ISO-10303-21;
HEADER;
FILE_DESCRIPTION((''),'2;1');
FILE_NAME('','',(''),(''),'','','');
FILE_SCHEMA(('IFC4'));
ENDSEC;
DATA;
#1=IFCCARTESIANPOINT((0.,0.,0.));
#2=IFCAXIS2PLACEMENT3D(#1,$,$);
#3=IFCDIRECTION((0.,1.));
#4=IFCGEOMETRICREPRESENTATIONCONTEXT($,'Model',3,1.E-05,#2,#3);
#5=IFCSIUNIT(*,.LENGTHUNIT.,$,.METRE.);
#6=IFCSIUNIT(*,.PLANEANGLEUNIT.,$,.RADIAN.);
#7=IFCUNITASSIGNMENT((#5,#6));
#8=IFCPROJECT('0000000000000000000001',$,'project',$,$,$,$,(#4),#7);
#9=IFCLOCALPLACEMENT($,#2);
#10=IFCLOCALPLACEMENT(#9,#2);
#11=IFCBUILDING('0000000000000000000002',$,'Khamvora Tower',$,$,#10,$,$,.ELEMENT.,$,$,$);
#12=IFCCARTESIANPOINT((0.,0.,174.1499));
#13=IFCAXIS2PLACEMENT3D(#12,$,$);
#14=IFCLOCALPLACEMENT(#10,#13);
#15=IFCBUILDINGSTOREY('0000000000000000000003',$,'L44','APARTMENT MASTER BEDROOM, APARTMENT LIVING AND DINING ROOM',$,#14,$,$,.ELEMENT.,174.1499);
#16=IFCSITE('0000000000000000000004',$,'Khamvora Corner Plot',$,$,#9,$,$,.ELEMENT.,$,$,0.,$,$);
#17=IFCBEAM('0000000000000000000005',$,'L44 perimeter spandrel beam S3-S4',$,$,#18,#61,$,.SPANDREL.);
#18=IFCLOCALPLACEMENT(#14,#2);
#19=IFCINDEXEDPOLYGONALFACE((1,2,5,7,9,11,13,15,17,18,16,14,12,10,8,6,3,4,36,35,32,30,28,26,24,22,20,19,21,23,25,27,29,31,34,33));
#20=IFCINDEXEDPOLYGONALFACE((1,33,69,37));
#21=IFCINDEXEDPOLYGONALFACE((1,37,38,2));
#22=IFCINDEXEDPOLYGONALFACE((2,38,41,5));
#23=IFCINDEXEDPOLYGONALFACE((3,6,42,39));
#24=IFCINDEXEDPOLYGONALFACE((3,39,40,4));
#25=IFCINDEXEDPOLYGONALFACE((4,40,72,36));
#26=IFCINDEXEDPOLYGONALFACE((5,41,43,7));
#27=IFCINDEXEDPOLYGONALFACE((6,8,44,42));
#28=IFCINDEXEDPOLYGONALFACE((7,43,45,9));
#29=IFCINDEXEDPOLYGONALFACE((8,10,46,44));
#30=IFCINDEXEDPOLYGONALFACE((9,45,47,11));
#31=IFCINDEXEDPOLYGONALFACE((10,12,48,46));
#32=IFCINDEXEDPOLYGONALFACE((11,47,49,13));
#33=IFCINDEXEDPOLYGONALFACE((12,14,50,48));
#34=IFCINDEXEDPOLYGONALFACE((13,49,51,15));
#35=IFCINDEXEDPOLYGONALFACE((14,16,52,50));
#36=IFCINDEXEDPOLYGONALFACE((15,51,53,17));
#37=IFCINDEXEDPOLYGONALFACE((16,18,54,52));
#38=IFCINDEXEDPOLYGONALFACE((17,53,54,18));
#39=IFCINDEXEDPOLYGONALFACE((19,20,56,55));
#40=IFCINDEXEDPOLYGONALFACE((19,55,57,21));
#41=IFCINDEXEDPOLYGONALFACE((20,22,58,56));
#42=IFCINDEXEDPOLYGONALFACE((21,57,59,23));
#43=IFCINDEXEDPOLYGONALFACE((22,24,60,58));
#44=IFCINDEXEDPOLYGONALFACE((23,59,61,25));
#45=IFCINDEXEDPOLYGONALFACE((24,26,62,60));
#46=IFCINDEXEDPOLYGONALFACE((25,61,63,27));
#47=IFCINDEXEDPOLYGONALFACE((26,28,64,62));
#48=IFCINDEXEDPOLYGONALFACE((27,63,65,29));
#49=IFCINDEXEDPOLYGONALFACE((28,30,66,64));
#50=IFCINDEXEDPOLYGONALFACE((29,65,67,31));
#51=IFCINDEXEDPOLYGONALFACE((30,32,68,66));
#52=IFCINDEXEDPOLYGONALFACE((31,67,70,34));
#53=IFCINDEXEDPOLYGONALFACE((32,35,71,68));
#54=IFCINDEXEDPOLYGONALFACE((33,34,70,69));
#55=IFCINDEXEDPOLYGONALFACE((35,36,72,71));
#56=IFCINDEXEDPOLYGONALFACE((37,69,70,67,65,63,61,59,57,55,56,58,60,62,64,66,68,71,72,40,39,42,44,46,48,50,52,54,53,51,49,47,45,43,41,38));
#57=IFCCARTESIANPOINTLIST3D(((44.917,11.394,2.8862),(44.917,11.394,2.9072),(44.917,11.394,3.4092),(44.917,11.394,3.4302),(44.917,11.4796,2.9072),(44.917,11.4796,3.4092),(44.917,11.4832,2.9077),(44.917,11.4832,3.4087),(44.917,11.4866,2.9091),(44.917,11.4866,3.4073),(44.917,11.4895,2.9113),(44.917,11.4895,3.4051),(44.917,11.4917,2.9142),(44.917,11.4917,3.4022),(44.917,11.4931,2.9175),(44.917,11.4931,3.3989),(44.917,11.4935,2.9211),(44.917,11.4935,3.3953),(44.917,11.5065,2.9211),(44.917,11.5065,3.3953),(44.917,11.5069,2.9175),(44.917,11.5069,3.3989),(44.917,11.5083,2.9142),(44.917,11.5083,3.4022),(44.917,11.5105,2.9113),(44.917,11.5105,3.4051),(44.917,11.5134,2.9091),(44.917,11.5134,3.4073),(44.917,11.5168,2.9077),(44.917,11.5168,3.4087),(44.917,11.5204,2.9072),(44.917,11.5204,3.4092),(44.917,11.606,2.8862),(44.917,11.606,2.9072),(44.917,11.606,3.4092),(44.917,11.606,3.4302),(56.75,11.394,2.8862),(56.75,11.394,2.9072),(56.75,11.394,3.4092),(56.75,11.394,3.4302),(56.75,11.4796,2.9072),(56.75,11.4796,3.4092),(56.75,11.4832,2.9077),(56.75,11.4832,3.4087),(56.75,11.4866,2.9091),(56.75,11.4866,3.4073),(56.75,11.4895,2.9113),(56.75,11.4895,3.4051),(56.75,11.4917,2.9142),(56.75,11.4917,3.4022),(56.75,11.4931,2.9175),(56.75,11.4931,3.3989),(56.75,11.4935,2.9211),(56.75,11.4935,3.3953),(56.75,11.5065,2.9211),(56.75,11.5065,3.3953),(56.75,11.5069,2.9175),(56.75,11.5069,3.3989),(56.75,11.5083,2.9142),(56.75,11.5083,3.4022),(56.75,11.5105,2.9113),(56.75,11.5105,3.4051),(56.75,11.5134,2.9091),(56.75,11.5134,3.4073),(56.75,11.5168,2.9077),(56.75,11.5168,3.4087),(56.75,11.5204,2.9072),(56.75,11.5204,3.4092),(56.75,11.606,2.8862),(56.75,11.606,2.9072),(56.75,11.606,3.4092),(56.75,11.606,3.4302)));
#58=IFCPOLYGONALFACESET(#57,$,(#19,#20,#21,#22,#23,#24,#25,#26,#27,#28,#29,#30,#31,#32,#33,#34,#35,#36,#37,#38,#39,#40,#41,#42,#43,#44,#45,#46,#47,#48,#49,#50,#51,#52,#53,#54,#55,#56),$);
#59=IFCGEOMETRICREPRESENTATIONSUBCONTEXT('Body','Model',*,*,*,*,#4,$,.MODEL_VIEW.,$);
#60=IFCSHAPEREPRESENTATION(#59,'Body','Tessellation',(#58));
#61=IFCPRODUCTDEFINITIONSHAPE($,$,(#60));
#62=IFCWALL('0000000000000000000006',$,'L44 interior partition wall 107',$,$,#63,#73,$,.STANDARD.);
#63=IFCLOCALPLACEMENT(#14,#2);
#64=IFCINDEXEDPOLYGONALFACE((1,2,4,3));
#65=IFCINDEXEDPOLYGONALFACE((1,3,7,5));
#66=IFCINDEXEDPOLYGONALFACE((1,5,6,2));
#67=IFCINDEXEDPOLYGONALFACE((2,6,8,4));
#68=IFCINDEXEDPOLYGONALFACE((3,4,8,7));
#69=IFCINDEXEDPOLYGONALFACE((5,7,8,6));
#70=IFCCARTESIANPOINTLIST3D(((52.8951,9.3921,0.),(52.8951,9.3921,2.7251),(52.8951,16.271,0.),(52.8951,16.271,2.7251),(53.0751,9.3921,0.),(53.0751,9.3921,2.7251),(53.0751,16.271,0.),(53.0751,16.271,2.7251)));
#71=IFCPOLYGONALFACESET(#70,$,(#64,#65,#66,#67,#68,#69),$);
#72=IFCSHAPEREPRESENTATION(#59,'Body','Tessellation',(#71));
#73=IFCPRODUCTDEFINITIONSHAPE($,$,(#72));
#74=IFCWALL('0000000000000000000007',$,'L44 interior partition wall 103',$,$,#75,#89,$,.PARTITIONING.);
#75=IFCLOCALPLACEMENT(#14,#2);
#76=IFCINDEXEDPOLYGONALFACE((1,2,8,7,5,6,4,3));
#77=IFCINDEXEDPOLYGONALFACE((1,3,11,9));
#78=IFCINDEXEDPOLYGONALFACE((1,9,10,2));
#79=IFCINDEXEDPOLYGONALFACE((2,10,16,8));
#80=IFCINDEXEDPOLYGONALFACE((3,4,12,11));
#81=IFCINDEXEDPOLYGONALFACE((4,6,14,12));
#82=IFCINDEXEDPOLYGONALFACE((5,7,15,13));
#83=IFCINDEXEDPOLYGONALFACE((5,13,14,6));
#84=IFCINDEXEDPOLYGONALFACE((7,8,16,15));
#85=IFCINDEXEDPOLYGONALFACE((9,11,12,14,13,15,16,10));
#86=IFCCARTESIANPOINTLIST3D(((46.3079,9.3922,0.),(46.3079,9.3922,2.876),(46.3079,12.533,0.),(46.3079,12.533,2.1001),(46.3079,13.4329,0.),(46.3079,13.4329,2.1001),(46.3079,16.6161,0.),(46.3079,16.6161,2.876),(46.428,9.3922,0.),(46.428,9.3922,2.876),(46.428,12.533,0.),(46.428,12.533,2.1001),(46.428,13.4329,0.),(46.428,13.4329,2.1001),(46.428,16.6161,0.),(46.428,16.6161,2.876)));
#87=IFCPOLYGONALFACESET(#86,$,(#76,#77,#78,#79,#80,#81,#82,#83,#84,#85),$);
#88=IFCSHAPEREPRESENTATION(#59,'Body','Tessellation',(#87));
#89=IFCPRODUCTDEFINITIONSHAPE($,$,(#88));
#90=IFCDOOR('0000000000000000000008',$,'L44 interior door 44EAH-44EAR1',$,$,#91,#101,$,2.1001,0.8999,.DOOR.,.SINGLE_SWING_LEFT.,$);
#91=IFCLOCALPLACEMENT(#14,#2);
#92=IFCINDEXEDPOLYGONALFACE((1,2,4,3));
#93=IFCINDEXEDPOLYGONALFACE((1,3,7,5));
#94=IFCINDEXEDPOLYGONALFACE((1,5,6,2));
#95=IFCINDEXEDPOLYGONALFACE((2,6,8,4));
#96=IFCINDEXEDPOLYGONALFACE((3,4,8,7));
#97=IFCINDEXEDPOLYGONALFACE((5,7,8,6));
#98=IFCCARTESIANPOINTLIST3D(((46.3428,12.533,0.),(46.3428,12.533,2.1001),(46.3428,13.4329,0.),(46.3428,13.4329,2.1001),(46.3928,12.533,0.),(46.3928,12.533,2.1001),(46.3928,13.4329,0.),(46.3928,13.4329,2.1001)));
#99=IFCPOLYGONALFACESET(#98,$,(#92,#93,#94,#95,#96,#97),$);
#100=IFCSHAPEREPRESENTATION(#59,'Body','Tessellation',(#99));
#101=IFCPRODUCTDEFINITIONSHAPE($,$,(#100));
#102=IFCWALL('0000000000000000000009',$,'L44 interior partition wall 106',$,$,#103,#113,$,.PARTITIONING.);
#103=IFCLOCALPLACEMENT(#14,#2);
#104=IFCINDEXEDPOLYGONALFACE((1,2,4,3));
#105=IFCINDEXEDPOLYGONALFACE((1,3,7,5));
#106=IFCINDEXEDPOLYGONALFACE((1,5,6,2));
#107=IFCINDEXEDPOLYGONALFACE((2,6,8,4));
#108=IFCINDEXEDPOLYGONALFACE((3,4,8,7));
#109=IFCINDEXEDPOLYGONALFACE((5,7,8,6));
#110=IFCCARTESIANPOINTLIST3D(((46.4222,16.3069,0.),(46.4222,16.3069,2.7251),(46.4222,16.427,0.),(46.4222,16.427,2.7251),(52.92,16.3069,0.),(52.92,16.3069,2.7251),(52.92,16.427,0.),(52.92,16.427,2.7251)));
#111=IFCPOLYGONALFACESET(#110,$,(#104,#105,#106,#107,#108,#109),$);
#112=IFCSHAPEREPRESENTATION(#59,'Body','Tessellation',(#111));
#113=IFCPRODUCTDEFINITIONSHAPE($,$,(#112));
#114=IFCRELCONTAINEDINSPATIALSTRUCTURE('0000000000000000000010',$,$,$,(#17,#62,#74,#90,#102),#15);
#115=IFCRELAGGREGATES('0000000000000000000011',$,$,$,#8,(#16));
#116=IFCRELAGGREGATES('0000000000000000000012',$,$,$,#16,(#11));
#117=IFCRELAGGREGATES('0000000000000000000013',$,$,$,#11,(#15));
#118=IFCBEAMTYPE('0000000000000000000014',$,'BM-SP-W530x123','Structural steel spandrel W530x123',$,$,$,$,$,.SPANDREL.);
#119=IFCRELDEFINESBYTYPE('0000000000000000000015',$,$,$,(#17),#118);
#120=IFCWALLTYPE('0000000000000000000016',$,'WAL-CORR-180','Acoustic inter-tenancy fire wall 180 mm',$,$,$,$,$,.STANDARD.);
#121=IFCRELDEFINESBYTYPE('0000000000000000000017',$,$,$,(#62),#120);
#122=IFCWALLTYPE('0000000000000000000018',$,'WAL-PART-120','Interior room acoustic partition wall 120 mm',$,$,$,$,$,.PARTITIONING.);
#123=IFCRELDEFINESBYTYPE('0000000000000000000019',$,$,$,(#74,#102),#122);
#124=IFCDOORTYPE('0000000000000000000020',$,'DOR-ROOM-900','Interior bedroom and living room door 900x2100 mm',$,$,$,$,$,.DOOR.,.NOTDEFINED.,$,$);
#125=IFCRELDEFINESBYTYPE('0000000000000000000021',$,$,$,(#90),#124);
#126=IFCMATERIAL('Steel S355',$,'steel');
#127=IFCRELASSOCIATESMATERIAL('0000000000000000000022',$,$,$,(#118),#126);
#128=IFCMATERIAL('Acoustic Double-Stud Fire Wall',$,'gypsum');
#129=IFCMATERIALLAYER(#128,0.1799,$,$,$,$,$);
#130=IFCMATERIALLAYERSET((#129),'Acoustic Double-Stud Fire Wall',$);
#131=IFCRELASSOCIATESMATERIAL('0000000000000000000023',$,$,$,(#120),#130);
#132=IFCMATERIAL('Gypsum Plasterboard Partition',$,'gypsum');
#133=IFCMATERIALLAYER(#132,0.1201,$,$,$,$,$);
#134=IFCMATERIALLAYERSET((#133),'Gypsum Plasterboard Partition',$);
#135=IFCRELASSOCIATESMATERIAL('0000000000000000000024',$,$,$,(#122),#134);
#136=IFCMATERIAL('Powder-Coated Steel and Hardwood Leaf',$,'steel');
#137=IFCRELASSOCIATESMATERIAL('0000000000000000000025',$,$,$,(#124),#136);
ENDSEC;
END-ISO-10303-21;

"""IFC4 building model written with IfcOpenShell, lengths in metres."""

from ifc_helpers import new_model, si_unit, direction, frame, frame_2d, origin, origin_2d, place, context, subcontext, project, spatial, rectangle, i_section, extrude, material, layer, layer_set, material_profile, profile_set, type_object, element, fill, save


model = new_model("IFC4")

# Units and contexts
model_context = context("Model", 3, precision=1e-05, world=origin(), true_north=direction((0.0, 1.0)))
body_context = subcontext(model_context, "Body", "Model", "MODEL_VIEW")
ifc_project = project(units=[si_unit("LENGTHUNIT", "METRE"), si_unit("PLANEANGLEUNIT", "RADIAN")], contexts=[model_context])

# Site, building, storey
site_placement = place(None, origin())
site = spatial("IfcSite", under=ifc_project, at=site_placement, Name="Khamvora Corner Plot", CompositionType="ELEMENT", RefElevation=0.0)
building_placement = place(site_placement, origin())
building = spatial("IfcBuilding", under=site, at=building_placement, Name="Khamvora Tower", CompositionType="ELEMENT")
storey_placement = place(building_placement, frame((0.0, 0.0, 174.1499)))
storey = spatial("IfcBuildingStorey", under=building, at=storey_placement, Name="L44", Description="APARTMENT MASTER BEDROOM, APARTMENT LIVING AND DINING ROOM", CompositionType="ELEMENT", Elevation=174.1499)

# Shared definitions
ifc_material_1 = material(Name="Steel S355", Category="steel")

# Beam
ifc_material_profile_1 = material_profile(ifc_material_1, i_section(OverallWidth=0.2119, OverallDepth=0.5439, WebThickness=0.0129, FlangeThickness=0.021, FilletRadius=0.0139, at=origin_2d()), Name="W530x123")
ifc_profile_set_1 = profile_set([ifc_material_profile_1], Name="Steel S355")
beam_type_1 = type_object("IfcBeamType", Name="BM-SP-W530x123", Description="Structural steel spandrel W530x123", PredefinedType="SPANDREL", material=ifc_profile_set_1)
beam_1_placement = place(storey_placement, frame((44.917, 11.5, 3.1582), z_axis=(1.0, 0.0, 0.0), x_axis=(0.0, 1.0, 0.0)))
element("IfcBeam", 1, at=beam_1_placement, inside=storey, type_object=beam_type_1, Name="L44 perimeter spandrel beam S3-S4", PredefinedType="SPANDREL", context=body_context, shape_type="SweptSolid", body=[
    extrude(i_section(OverallWidth=0.2119, OverallDepth=0.5439, WebThickness=0.0129, FlangeThickness=0.021, FilletRadius=0.0139, at=origin_2d()), origin(), (0.0, 0.0, 1.0), 11.833),
])

# Wall
ifc_material_2 = material(Name="Acoustic Double-Stud Fire Wall", Category="gypsum")
ifc_layer_1 = layer(ifc_material_2, 0.1799)
ifc_layer_set_1 = layer_set([ifc_layer_1], Name="Acoustic Double-Stud Fire Wall")
wall_type_1 = type_object("IfcWallType", Name="WAL-CORR-180", Description="Acoustic inter-tenancy fire wall 180 mm", PredefinedType="STANDARD", material=ifc_layer_set_1)
wall_1_placement = place(storey_placement, frame((52.9851, 16.271, 0.0), z_axis=(0.0, 0.0, 1.0), x_axis=(0.0, -1.0, 0.0)))
element("IfcWall", 2, at=wall_1_placement, inside=storey, type_object=wall_type_1, Name="L44 interior partition wall 107", PredefinedType="STANDARD", context=body_context, shape_type="SweptSolid", body=[
    extrude(rectangle(XDim=6.8789, YDim=0.1799, at=frame_2d((3.4395, 0.0))), origin(), (0.0, 0.0, 1.0), 2.7251),
])

# Wall, opening, door
ifc_material_3 = material(Name="Gypsum Plasterboard Partition", Category="gypsum")
ifc_layer_2 = layer(ifc_material_3, 0.1201)
ifc_layer_set_2 = layer_set([ifc_layer_2], Name="Gypsum Plasterboard Partition")
wall_type_2 = type_object("IfcWallType", Name="WAL-PART-120", Description="Interior room acoustic partition wall 120 mm", PredefinedType="PARTITIONING", material=ifc_layer_set_2)
wall_2_placement = place(storey_placement, frame((46.3679, 16.616, 0.0), z_axis=(0.0, 0.0, 1.0), x_axis=(0.0, -1.0, 0.0)))
wall_2 = element("IfcWall", 3, at=wall_2_placement, inside=storey, type_object=wall_type_2, Name="L44 interior partition wall 103", PredefinedType="PARTITIONING", context=body_context, shape_type="SweptSolid", body=[
    extrude(rectangle(XDim=7.2239, YDim=0.1201, at=frame_2d((3.6118, 0.0))), origin(), (0.0, 0.0, 1.0), 2.876),
])
opening_placement = place(wall_2_placement, frame((3.1831, 0.0, 0.0)))
opening = element("IfcOpeningElement", 4, at=opening_placement, cuts=wall_2, PredefinedType="OPENING", context=body_context, shape_type="SweptSolid", body=[
    extrude(rectangle(XDim=0.8999, YDim=2.1001, at=frame_2d((0.45, 1.05))), frame((0.0, 0.0701, 0.0), z_axis=(0.0, -1.0, 0.0), x_axis=(1.0, 0.0, 0.0)), (0.0, 0.0, 1.0), 0.1401),
])
ifc_material_4 = material(Name="Powder-Coated Steel and Hardwood Leaf", Category="steel")
door_type = type_object("IfcDoorType", Name="DOR-ROOM-900", Description="Interior bedroom and living room door 900x2100 mm", OperationType="NOTDEFINED", PredefinedType="DOOR", material=ifc_material_4)
door_placement = place(opening_placement, origin())
door = element("IfcDoor", 5, at=door_placement, inside=storey, type_object=door_type, Name="L44 interior door 44EAH-44EAR1", OperationType="SINGLE_SWING_LEFT", OverallHeight=2.1001, OverallWidth=0.8999, PredefinedType="DOOR", context=body_context, shape_type="SweptSolid", body=[
    extrude(rectangle(XDim=0.8999, YDim=2.1001, at=frame_2d((0.45, 1.05))), frame((0.0, 0.0249, 0.0), z_axis=(0.0, -1.0, 0.0), x_axis=(1.0, 0.0, 0.0)), (0.0, 0.0, 1.0), 0.05),
])
fill(opening, door)

# Wall
wall_3_placement = place(storey_placement, frame((46.4221, 16.3669, 0.0), z_axis=(0.0, 0.0, 1.0), x_axis=(1.0, 0.0, 0.0)))
element("IfcWall", 6, at=wall_3_placement, inside=storey, type_object=wall_type_2, Name="L44 interior partition wall 106", PredefinedType="PARTITIONING", context=body_context, shape_type="SweptSolid", body=[
    extrude(rectangle(XDim=6.4978, YDim=0.1201, at=frame_2d((3.249, 0.0))), origin(), (0.0, 0.0, 1.0), 2.7251),
])

save(model, "model.ifc")
